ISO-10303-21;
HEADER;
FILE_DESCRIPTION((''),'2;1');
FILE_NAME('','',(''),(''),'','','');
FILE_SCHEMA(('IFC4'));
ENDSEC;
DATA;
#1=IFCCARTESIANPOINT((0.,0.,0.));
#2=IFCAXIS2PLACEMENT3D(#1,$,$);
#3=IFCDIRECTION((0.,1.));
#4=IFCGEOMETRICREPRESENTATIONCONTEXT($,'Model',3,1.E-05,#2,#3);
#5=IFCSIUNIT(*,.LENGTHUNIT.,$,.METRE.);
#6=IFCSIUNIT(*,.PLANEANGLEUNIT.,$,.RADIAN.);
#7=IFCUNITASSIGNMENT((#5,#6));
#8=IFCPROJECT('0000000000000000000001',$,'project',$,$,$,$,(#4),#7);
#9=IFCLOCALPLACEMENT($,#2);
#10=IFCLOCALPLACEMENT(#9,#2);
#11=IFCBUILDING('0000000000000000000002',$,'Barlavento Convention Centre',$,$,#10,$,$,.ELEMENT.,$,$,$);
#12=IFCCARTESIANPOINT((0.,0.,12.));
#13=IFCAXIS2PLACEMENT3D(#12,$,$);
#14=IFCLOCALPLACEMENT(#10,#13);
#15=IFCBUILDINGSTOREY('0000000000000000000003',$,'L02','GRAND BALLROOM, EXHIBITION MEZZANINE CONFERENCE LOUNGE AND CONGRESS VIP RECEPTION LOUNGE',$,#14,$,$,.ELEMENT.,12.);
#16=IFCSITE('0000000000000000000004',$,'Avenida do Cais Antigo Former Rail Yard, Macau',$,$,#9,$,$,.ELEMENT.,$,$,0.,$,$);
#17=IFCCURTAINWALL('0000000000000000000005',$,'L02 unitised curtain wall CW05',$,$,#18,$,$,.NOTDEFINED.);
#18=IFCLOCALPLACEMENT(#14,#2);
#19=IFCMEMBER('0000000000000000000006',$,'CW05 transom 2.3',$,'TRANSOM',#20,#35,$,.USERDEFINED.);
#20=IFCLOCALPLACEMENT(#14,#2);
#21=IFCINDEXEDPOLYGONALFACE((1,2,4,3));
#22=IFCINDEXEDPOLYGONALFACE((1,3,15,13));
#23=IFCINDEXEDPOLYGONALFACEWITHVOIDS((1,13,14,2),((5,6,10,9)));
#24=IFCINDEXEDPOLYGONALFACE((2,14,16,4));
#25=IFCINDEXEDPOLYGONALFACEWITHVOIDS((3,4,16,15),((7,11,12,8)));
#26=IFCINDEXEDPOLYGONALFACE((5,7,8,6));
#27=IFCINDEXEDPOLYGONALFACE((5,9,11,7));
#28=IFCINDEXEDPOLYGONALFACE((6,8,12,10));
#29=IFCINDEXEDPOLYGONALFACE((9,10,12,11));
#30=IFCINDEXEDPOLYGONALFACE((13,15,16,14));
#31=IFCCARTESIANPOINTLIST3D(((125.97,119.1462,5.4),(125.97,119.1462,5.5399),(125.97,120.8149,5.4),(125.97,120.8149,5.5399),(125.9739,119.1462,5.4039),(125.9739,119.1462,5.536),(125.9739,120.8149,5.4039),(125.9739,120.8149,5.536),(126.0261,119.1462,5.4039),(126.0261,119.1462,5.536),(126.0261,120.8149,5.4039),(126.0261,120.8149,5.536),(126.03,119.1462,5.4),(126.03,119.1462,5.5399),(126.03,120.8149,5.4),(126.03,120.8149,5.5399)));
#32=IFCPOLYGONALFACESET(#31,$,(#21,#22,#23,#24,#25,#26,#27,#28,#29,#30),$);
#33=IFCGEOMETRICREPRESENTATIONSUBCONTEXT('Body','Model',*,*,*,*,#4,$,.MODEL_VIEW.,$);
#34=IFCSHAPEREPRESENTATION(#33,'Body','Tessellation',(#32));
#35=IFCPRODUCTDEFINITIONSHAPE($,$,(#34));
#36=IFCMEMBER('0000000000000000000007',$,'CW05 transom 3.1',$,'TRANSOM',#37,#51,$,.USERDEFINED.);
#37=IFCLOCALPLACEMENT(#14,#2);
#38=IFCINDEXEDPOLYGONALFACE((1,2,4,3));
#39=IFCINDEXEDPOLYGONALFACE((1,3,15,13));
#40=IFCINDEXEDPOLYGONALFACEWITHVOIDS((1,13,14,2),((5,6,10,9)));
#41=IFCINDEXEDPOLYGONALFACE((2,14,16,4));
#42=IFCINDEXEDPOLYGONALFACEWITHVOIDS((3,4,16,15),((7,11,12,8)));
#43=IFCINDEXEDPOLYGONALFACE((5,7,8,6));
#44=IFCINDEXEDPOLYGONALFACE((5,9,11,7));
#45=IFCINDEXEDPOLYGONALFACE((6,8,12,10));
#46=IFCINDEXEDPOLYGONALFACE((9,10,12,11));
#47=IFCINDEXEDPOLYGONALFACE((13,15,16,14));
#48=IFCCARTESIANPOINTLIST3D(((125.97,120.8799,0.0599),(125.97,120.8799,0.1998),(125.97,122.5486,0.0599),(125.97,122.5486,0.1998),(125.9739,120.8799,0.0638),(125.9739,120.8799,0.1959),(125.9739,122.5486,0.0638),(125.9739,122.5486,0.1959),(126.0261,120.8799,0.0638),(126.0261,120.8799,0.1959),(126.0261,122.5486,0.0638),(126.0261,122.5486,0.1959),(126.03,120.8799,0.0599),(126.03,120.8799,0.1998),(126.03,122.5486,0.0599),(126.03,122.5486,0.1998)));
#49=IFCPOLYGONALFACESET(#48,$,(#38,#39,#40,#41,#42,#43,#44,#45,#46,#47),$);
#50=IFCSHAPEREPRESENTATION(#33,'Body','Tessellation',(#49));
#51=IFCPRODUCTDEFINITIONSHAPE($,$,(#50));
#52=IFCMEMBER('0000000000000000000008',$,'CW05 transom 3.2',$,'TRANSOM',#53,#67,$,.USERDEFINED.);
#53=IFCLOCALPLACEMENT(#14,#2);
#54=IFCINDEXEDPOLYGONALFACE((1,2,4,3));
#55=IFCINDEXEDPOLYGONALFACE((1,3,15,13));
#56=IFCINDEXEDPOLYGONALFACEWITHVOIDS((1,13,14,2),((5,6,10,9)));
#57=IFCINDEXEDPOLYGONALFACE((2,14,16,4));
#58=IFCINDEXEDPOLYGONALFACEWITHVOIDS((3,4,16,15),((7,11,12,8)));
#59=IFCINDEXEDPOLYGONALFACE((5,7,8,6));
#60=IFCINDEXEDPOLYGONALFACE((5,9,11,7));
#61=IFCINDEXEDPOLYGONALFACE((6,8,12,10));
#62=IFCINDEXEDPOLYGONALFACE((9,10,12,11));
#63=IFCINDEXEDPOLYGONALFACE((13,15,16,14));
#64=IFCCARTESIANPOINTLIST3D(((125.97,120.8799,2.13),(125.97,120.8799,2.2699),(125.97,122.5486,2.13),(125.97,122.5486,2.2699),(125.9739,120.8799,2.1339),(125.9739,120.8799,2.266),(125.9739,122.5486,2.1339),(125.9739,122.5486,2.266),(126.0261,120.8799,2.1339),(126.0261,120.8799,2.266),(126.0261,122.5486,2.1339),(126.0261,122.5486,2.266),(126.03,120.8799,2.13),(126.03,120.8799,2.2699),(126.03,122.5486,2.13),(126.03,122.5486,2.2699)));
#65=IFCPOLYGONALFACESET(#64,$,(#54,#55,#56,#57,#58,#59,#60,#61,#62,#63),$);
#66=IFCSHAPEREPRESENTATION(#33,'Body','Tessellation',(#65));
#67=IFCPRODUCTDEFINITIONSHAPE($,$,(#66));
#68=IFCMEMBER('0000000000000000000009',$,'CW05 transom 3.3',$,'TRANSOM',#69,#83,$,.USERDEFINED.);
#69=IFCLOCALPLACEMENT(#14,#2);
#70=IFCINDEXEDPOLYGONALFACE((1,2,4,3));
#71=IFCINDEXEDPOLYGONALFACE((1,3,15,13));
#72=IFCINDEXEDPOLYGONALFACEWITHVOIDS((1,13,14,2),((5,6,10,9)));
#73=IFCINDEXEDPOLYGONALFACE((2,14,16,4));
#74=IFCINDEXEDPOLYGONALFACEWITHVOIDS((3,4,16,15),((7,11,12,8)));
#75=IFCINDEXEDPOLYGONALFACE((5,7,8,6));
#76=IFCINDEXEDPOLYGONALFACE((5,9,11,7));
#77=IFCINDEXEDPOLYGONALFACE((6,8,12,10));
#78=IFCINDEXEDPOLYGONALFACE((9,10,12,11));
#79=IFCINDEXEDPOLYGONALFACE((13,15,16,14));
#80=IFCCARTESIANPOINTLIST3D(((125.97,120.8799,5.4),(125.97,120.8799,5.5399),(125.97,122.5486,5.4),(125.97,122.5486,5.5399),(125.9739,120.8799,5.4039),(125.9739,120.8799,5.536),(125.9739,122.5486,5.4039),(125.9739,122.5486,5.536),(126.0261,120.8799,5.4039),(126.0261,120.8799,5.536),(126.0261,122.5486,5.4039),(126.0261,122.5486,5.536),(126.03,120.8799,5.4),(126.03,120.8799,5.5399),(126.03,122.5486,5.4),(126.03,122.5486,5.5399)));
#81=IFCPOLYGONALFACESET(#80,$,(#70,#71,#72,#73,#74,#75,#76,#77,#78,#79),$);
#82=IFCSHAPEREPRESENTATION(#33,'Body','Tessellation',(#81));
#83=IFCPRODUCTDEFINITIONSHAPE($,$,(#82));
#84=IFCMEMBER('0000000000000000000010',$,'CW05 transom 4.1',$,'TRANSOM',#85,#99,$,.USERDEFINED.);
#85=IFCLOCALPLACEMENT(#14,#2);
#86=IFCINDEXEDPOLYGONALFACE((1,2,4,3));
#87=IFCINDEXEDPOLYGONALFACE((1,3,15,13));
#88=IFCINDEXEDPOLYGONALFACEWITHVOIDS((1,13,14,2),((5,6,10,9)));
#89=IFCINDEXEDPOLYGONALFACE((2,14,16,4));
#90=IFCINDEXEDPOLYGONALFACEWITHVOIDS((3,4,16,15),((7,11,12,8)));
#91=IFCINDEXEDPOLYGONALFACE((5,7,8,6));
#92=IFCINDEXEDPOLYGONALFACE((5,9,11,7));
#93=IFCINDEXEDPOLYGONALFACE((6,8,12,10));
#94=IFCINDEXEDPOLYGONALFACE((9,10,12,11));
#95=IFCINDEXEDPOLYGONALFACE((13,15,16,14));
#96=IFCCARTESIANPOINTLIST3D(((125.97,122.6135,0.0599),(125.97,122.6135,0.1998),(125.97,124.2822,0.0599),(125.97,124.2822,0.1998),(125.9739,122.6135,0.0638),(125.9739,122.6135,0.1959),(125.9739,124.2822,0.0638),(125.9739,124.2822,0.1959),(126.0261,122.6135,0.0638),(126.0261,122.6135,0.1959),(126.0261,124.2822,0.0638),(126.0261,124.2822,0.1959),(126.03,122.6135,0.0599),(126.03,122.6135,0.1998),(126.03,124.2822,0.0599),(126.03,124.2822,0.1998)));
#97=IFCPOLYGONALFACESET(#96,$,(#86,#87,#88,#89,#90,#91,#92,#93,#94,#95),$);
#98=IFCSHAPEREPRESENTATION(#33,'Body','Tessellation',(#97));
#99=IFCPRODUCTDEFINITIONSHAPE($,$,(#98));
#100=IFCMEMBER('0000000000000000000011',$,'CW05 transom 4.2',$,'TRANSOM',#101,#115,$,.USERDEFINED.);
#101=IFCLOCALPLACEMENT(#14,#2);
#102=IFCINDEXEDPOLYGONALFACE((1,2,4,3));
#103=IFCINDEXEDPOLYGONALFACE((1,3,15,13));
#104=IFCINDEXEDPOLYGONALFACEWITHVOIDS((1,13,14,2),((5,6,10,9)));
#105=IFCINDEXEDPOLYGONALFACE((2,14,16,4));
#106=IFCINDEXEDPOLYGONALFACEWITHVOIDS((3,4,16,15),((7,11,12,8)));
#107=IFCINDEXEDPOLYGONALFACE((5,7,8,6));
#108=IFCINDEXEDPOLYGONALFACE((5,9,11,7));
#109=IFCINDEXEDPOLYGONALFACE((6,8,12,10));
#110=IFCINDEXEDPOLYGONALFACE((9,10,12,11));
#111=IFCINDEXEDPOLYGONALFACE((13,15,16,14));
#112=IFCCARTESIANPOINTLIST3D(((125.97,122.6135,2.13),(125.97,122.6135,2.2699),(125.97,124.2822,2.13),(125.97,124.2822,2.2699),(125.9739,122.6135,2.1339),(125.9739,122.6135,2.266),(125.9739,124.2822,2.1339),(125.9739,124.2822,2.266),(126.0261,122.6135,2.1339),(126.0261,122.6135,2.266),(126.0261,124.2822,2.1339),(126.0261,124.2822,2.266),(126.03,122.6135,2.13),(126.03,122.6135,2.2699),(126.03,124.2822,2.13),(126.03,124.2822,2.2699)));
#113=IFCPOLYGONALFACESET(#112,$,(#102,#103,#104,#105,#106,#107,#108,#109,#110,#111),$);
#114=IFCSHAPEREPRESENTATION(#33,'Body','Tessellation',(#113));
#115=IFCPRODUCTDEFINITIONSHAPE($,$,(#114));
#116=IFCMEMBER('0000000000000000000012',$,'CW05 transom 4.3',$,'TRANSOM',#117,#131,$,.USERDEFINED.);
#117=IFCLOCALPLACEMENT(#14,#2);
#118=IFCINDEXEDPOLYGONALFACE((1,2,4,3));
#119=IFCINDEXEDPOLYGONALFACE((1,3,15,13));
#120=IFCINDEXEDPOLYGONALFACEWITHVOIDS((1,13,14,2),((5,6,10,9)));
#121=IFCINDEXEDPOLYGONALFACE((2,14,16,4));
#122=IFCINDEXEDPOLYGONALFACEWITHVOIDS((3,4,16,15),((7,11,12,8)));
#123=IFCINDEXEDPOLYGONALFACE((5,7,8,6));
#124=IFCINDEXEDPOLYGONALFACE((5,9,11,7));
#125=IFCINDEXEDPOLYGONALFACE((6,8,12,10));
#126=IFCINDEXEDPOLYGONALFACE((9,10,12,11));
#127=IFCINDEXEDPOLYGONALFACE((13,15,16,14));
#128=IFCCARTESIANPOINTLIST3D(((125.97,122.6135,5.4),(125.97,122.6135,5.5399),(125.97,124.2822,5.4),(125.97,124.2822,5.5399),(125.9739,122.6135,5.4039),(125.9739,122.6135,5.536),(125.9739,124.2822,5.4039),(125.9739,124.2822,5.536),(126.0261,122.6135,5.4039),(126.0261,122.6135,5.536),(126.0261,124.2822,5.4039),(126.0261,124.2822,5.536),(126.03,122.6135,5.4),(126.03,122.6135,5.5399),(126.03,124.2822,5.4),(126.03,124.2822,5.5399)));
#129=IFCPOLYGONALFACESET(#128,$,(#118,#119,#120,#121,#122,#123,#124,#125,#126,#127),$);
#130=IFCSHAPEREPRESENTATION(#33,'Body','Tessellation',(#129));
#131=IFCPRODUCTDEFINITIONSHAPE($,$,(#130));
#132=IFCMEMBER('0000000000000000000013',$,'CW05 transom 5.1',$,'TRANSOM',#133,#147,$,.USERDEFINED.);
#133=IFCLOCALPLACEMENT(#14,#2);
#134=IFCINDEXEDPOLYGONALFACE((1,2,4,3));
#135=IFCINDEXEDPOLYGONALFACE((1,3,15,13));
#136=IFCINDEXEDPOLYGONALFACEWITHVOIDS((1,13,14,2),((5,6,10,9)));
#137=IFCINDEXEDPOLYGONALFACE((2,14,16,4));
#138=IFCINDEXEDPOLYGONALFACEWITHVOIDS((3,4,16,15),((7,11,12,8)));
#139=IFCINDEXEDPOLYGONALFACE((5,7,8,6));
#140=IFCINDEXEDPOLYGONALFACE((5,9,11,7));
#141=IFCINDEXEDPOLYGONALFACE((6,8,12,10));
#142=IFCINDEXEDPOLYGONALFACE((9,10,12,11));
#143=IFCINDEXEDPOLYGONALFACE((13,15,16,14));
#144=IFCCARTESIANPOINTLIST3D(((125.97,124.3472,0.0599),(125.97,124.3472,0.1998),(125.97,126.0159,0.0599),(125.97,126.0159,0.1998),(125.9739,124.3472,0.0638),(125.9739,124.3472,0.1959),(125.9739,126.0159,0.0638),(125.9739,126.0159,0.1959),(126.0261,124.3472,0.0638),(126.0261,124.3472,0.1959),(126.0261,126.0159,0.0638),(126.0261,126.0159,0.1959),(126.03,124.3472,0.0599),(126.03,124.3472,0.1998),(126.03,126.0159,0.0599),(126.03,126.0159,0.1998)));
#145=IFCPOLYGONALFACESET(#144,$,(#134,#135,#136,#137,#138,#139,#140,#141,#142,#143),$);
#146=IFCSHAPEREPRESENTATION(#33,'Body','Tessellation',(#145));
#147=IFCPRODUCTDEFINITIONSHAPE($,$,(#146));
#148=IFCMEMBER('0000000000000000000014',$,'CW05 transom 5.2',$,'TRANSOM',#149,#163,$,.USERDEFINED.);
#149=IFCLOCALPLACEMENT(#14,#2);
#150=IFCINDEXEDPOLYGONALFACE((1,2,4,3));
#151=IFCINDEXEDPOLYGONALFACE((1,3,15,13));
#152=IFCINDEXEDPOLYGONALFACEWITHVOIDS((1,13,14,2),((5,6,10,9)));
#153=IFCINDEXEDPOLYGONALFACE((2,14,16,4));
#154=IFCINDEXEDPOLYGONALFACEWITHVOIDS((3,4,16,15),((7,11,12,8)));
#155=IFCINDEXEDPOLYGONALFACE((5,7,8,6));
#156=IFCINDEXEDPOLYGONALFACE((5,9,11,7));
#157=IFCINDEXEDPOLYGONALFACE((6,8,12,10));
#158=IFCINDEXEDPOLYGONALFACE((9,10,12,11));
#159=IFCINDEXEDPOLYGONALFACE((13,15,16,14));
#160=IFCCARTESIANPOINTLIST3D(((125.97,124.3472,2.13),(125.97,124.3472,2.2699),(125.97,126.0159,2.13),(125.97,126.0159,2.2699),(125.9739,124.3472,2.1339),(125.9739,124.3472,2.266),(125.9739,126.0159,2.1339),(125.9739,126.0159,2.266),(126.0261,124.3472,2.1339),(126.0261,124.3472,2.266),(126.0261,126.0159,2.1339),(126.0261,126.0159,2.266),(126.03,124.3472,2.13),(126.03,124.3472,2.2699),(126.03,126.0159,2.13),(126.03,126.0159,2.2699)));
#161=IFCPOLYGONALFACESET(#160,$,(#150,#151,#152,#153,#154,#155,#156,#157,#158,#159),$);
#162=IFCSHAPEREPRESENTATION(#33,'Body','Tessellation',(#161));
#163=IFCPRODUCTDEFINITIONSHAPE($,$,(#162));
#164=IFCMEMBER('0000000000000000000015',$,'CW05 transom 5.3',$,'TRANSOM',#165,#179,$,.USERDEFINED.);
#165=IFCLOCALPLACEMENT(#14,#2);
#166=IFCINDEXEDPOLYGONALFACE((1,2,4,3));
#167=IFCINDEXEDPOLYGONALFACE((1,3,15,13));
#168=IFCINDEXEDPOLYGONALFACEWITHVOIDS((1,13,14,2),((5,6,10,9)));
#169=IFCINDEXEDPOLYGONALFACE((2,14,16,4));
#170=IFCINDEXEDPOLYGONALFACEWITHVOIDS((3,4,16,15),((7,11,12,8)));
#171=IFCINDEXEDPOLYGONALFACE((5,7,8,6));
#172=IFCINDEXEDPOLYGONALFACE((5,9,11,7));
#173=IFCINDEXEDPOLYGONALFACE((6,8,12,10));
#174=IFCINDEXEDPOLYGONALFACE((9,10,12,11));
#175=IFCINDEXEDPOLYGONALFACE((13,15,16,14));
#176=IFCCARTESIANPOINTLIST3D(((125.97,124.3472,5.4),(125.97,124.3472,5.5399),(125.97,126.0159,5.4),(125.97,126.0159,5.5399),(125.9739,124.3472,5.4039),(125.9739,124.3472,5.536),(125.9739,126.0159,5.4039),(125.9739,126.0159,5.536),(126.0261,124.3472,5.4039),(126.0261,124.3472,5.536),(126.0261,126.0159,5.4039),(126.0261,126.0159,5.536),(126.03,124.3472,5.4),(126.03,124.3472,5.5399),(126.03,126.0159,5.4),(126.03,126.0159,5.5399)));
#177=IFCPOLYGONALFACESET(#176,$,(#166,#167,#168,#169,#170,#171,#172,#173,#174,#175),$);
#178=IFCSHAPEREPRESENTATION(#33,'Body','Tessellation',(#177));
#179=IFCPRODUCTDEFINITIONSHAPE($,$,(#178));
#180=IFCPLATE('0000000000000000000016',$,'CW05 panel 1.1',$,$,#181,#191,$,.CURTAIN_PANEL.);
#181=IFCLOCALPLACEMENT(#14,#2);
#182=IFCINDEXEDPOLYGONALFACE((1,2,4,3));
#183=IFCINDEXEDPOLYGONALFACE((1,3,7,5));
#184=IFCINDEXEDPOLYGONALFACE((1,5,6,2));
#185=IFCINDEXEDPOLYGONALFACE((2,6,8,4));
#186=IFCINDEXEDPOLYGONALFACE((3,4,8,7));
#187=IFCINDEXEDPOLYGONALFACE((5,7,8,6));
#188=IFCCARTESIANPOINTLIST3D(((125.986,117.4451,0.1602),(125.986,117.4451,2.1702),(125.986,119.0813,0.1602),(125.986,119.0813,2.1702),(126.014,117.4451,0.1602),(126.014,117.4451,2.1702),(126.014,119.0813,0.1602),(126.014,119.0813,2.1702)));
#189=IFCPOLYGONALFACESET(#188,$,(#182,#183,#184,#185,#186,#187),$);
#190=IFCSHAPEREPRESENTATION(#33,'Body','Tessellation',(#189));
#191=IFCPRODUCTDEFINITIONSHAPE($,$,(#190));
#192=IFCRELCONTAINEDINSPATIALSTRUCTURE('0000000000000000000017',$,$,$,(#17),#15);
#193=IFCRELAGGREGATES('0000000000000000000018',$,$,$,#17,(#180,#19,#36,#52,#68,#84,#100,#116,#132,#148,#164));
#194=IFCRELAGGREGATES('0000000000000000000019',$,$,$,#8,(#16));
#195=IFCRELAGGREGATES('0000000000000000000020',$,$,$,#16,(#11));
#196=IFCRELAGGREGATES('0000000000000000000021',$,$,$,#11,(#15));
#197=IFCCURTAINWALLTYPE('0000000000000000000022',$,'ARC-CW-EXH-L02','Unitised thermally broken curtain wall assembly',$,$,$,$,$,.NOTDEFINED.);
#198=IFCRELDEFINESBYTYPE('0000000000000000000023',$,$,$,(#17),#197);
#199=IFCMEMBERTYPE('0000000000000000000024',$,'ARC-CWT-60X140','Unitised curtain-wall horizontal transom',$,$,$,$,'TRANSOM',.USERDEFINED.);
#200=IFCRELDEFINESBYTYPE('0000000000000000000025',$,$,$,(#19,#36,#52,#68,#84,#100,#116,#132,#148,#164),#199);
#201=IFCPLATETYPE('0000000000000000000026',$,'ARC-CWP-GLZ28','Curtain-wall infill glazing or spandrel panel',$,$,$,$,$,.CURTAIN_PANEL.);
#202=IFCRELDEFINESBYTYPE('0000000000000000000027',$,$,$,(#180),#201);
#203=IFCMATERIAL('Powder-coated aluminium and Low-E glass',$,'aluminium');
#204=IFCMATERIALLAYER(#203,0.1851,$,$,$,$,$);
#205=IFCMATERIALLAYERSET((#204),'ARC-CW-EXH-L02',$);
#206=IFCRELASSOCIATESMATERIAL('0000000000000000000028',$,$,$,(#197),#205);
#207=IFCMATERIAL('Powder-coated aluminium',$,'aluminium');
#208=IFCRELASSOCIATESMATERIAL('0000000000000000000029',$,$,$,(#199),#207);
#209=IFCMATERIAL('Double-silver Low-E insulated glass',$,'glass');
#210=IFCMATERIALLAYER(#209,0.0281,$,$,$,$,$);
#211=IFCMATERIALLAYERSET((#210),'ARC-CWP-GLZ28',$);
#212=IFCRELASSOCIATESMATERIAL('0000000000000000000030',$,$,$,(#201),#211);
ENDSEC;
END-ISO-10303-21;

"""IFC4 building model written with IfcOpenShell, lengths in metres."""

from ifc_helpers import new_model, si_unit, direction, frame, origin, origin_2d, place, context, subcontext, project, spatial, rectangle, hollow_rectangle, extrude, material, layer, layer_set, material_profile, profile_set, type_object, element, aggregate, save


model = new_model("IFC4")

# Units and contexts
model_context = context("Model", 3, precision=1e-05, world=origin(), true_north=direction((0.0, 1.0)))
body_context = subcontext(model_context, "Body", "Model", "MODEL_VIEW")
ifc_project = project(units=[si_unit("LENGTHUNIT", "METRE"), si_unit("PLANEANGLEUNIT", "RADIAN")], contexts=[model_context])

# Site, building, storey
site_placement = place(None, origin())
site = spatial("IfcSite", under=ifc_project, at=site_placement, Name="Avenida do Cais Antigo Former Rail Yard, Macau", CompositionType="ELEMENT", RefElevation=0.0)
building_placement = place(site_placement, origin())
building = spatial("IfcBuilding", under=site, at=building_placement, Name="Barlavento Convention Centre", CompositionType="ELEMENT")
storey_placement = place(building_placement, frame((0.0, 0.0, 12.0)))
storey = spatial("IfcBuildingStorey", under=building, at=storey_placement, Name="L02", Description="GRAND BALLROOM, EXHIBITION MEZZANINE CONFERENCE LOUNGE AND CONGRESS VIP RECEPTION LOUNGE", CompositionType="ELEMENT", Elevation=12.0)

# Curtain wall, members, plate
ifc_material_1 = material(Name="Powder-coated aluminium and Low-E glass", Category="aluminium")
ifc_layer_1 = layer(ifc_material_1, 0.1851)
ifc_layer_set_1 = layer_set([ifc_layer_1], Name="ARC-CW-EXH-L02")
curtain_wall_type = type_object("IfcCurtainWallType", Name="ARC-CW-EXH-L02", Description="Unitised thermally broken curtain wall assembly", PredefinedType="NOTDEFINED", material=ifc_layer_set_1)
curtain_wall_placement = place(storey_placement, origin())
curtain_wall = element("IfcCurtainWall", 1, at=curtain_wall_placement, inside=storey, type_object=curtain_wall_type, Name="L02 unitised curtain wall CW05", PredefinedType="NOTDEFINED")
ifc_material_2 = material(Name="Powder-coated aluminium", Category="aluminium")
ifc_material_profile_1 = material_profile(ifc_material_2, hollow_rectangle(XDim=0.0601, YDim=0.1399, WallThickness=0.0039, at=origin_2d()), Name="AL-TRAN 60x140x4")
ifc_profile_set_1 = profile_set([ifc_material_profile_1], Name="Powder-coated aluminium")
member_type_1 = type_object("IfcMemberType", Name="ARC-CWT-60X140", Description="Unitised curtain-wall horizontal transom", ElementType="TRANSOM", PredefinedType="USERDEFINED", material=ifc_profile_set_1)
member_1_placement = place(storey_placement, frame((126.0, 119.1462, 5.47), z_axis=(0.0, 1.0, 0.0), x_axis=(-1.0, 0.0, 0.0)))
member_1 = element("IfcMember", 2, at=member_1_placement, type_object=member_type_1, Name="CW05 transom 2.3", ObjectType="TRANSOM", PredefinedType="USERDEFINED", context=body_context, shape_type="SweptSolid", body=[
    extrude(hollow_rectangle(XDim=0.0601, YDim=0.1399, WallThickness=0.0039, at=origin_2d()), origin(), (0.0, 0.0, 1.0), 1.6687),
])
member_2_placement = place(storey_placement, frame((126.0, 120.8799, 0.1299), z_axis=(0.0, 1.0, 0.0), x_axis=(-1.0, 0.0, 0.0)))
member_2 = element("IfcMember", 3, at=member_2_placement, type_object=member_type_1, Name="CW05 transom 3.1", ObjectType="TRANSOM", PredefinedType="USERDEFINED", context=body_context, shape_type="SweptSolid", body=[
    extrude(hollow_rectangle(XDim=0.0601, YDim=0.1399, WallThickness=0.0039, at=origin_2d()), origin(), (0.0, 0.0, 1.0), 1.6687),
])
member_3_placement = place(storey_placement, frame((126.0, 120.8799, 2.2), z_axis=(0.0, 1.0, 0.0), x_axis=(-1.0, 0.0, 0.0)))
member_3 = element("IfcMember", 4, at=member_3_placement, type_object=member_type_1, Name="CW05 transom 3.2", ObjectType="TRANSOM", PredefinedType="USERDEFINED", context=body_context, shape_type="SweptSolid", body=[
    extrude(hollow_rectangle(XDim=0.0601, YDim=0.1399, WallThickness=0.0039, at=origin_2d()), origin(), (0.0, 0.0, 1.0), 1.6687),
])
member_4_placement = place(storey_placement, frame((126.0, 120.8799, 5.47), z_axis=(0.0, 1.0, 0.0), x_axis=(-1.0, 0.0, 0.0)))
member_4 = element("IfcMember", 5, at=member_4_placement, type_object=member_type_1, Name="CW05 transom 3.3", ObjectType="TRANSOM", PredefinedType="USERDEFINED", context=body_context, shape_type="SweptSolid", body=[
    extrude(hollow_rectangle(XDim=0.0601, YDim=0.1399, WallThickness=0.0039, at=origin_2d()), origin(), (0.0, 0.0, 1.0), 1.6687),
])
member_5_placement = place(storey_placement, frame((126.0, 122.6135, 0.1299), z_axis=(0.0, 1.0, 0.0), x_axis=(-1.0, 0.0, 0.0)))
member_5 = element("IfcMember", 6, at=member_5_placement, type_object=member_type_1, Name="CW05 transom 4.1", ObjectType="TRANSOM", PredefinedType="USERDEFINED", context=body_context, shape_type="SweptSolid", body=[
    extrude(hollow_rectangle(XDim=0.0601, YDim=0.1399, WallThickness=0.0039, at=origin_2d()), origin(), (0.0, 0.0, 1.0), 1.6687),
])
member_6_placement = place(storey_placement, frame((126.0, 122.6135, 2.2), z_axis=(0.0, 1.0, 0.0), x_axis=(-1.0, 0.0, 0.0)))
member_6 = element("IfcMember", 7, at=member_6_placement, type_object=member_type_1, Name="CW05 transom 4.2", ObjectType="TRANSOM", PredefinedType="USERDEFINED", context=body_context, shape_type="SweptSolid", body=[
    extrude(hollow_rectangle(XDim=0.0601, YDim=0.1399, WallThickness=0.0039, at=origin_2d()), origin(), (0.0, 0.0, 1.0), 1.6687),
])
member_7_placement = place(storey_placement, frame((126.0, 122.6135, 5.47), z_axis=(0.0, 1.0, 0.0), x_axis=(-1.0, 0.0, 0.0)))
member_7 = element("IfcMember", 8, at=member_7_placement, type_object=member_type_1, Name="CW05 transom 4.3", ObjectType="TRANSOM", PredefinedType="USERDEFINED", context=body_context, shape_type="SweptSolid", body=[
    extrude(hollow_rectangle(XDim=0.0601, YDim=0.1399, WallThickness=0.0039, at=origin_2d()), origin(), (0.0, 0.0, 1.0), 1.6687),
])
member_8_placement = place(storey_placement, frame((126.0, 124.3472, 0.1299), z_axis=(0.0, 1.0, 0.0), x_axis=(-1.0, 0.0, 0.0)))
member_8 = element("IfcMember", 9, at=member_8_placement, type_object=member_type_1, Name="CW05 transom 5.1", ObjectType="TRANSOM", PredefinedType="USERDEFINED", context=body_context, shape_type="SweptSolid", body=[
    extrude(hollow_rectangle(XDim=0.0601, YDim=0.1399, WallThickness=0.0039, at=origin_2d()), origin(), (0.0, 0.0, 1.0), 1.6687),
])
member_9_placement = place(storey_placement, frame((126.0, 124.3472, 2.2), z_axis=(0.0, 1.0, 0.0), x_axis=(-1.0, 0.0, 0.0)))
member_9 = element("IfcMember", 10, at=member_9_placement, type_object=member_type_1, Name="CW05 transom 5.2", ObjectType="TRANSOM", PredefinedType="USERDEFINED", context=body_context, shape_type="SweptSolid", body=[
    extrude(hollow_rectangle(XDim=0.0601, YDim=0.1399, WallThickness=0.0039, at=origin_2d()), origin(), (0.0, 0.0, 1.0), 1.6687),
])
member_10_placement = place(storey_placement, frame((126.0, 124.3472, 5.47), z_axis=(0.0, 1.0, 0.0), x_axis=(-1.0, 0.0, 0.0)))
member_10 = element("IfcMember", 11, at=member_10_placement, type_object=member_type_1, Name="CW05 transom 5.3", ObjectType="TRANSOM", PredefinedType="USERDEFINED", context=body_context, shape_type="SweptSolid", body=[
    extrude(hollow_rectangle(XDim=0.0601, YDim=0.1399, WallThickness=0.0039, at=origin_2d()), origin(), (0.0, 0.0, 1.0), 1.6687),
])
ifc_material_3 = material(Name="Double-silver Low-E insulated glass", Category="glass")
ifc_layer_2 = layer(ifc_material_3, 0.0281)
ifc_layer_set_2 = layer_set([ifc_layer_2], Name="ARC-CWP-GLZ28")
plate_type = type_object("IfcPlateType", Name="ARC-CWP-GLZ28", Description="Curtain-wall infill glazing or spandrel panel", PredefinedType="CURTAIN_PANEL", material=ifc_layer_set_2)
plate_1_placement = place(storey_placement, frame((126.0, 118.2632, 0.1602), z_axis=(0.0, 0.0, 1.0), x_axis=(0.0, 1.0, 0.0)))
plate_1 = element("IfcPlate", 12, at=plate_1_placement, type_object=plate_type, Name="CW05 panel 1.1", PredefinedType="CURTAIN_PANEL", context=body_context, shape_type="SweptSolid", body=[
    extrude(rectangle(XDim=1.6362, YDim=0.0281, at=origin_2d()), origin(), (0.0, 0.0, 1.0), 2.01),
])
aggregate(curtain_wall, [plate_1, member_1, member_2, member_3, member_4, member_5, member_6, member_7, member_8, member_9, member_10])

save(model, "model.ifc")
